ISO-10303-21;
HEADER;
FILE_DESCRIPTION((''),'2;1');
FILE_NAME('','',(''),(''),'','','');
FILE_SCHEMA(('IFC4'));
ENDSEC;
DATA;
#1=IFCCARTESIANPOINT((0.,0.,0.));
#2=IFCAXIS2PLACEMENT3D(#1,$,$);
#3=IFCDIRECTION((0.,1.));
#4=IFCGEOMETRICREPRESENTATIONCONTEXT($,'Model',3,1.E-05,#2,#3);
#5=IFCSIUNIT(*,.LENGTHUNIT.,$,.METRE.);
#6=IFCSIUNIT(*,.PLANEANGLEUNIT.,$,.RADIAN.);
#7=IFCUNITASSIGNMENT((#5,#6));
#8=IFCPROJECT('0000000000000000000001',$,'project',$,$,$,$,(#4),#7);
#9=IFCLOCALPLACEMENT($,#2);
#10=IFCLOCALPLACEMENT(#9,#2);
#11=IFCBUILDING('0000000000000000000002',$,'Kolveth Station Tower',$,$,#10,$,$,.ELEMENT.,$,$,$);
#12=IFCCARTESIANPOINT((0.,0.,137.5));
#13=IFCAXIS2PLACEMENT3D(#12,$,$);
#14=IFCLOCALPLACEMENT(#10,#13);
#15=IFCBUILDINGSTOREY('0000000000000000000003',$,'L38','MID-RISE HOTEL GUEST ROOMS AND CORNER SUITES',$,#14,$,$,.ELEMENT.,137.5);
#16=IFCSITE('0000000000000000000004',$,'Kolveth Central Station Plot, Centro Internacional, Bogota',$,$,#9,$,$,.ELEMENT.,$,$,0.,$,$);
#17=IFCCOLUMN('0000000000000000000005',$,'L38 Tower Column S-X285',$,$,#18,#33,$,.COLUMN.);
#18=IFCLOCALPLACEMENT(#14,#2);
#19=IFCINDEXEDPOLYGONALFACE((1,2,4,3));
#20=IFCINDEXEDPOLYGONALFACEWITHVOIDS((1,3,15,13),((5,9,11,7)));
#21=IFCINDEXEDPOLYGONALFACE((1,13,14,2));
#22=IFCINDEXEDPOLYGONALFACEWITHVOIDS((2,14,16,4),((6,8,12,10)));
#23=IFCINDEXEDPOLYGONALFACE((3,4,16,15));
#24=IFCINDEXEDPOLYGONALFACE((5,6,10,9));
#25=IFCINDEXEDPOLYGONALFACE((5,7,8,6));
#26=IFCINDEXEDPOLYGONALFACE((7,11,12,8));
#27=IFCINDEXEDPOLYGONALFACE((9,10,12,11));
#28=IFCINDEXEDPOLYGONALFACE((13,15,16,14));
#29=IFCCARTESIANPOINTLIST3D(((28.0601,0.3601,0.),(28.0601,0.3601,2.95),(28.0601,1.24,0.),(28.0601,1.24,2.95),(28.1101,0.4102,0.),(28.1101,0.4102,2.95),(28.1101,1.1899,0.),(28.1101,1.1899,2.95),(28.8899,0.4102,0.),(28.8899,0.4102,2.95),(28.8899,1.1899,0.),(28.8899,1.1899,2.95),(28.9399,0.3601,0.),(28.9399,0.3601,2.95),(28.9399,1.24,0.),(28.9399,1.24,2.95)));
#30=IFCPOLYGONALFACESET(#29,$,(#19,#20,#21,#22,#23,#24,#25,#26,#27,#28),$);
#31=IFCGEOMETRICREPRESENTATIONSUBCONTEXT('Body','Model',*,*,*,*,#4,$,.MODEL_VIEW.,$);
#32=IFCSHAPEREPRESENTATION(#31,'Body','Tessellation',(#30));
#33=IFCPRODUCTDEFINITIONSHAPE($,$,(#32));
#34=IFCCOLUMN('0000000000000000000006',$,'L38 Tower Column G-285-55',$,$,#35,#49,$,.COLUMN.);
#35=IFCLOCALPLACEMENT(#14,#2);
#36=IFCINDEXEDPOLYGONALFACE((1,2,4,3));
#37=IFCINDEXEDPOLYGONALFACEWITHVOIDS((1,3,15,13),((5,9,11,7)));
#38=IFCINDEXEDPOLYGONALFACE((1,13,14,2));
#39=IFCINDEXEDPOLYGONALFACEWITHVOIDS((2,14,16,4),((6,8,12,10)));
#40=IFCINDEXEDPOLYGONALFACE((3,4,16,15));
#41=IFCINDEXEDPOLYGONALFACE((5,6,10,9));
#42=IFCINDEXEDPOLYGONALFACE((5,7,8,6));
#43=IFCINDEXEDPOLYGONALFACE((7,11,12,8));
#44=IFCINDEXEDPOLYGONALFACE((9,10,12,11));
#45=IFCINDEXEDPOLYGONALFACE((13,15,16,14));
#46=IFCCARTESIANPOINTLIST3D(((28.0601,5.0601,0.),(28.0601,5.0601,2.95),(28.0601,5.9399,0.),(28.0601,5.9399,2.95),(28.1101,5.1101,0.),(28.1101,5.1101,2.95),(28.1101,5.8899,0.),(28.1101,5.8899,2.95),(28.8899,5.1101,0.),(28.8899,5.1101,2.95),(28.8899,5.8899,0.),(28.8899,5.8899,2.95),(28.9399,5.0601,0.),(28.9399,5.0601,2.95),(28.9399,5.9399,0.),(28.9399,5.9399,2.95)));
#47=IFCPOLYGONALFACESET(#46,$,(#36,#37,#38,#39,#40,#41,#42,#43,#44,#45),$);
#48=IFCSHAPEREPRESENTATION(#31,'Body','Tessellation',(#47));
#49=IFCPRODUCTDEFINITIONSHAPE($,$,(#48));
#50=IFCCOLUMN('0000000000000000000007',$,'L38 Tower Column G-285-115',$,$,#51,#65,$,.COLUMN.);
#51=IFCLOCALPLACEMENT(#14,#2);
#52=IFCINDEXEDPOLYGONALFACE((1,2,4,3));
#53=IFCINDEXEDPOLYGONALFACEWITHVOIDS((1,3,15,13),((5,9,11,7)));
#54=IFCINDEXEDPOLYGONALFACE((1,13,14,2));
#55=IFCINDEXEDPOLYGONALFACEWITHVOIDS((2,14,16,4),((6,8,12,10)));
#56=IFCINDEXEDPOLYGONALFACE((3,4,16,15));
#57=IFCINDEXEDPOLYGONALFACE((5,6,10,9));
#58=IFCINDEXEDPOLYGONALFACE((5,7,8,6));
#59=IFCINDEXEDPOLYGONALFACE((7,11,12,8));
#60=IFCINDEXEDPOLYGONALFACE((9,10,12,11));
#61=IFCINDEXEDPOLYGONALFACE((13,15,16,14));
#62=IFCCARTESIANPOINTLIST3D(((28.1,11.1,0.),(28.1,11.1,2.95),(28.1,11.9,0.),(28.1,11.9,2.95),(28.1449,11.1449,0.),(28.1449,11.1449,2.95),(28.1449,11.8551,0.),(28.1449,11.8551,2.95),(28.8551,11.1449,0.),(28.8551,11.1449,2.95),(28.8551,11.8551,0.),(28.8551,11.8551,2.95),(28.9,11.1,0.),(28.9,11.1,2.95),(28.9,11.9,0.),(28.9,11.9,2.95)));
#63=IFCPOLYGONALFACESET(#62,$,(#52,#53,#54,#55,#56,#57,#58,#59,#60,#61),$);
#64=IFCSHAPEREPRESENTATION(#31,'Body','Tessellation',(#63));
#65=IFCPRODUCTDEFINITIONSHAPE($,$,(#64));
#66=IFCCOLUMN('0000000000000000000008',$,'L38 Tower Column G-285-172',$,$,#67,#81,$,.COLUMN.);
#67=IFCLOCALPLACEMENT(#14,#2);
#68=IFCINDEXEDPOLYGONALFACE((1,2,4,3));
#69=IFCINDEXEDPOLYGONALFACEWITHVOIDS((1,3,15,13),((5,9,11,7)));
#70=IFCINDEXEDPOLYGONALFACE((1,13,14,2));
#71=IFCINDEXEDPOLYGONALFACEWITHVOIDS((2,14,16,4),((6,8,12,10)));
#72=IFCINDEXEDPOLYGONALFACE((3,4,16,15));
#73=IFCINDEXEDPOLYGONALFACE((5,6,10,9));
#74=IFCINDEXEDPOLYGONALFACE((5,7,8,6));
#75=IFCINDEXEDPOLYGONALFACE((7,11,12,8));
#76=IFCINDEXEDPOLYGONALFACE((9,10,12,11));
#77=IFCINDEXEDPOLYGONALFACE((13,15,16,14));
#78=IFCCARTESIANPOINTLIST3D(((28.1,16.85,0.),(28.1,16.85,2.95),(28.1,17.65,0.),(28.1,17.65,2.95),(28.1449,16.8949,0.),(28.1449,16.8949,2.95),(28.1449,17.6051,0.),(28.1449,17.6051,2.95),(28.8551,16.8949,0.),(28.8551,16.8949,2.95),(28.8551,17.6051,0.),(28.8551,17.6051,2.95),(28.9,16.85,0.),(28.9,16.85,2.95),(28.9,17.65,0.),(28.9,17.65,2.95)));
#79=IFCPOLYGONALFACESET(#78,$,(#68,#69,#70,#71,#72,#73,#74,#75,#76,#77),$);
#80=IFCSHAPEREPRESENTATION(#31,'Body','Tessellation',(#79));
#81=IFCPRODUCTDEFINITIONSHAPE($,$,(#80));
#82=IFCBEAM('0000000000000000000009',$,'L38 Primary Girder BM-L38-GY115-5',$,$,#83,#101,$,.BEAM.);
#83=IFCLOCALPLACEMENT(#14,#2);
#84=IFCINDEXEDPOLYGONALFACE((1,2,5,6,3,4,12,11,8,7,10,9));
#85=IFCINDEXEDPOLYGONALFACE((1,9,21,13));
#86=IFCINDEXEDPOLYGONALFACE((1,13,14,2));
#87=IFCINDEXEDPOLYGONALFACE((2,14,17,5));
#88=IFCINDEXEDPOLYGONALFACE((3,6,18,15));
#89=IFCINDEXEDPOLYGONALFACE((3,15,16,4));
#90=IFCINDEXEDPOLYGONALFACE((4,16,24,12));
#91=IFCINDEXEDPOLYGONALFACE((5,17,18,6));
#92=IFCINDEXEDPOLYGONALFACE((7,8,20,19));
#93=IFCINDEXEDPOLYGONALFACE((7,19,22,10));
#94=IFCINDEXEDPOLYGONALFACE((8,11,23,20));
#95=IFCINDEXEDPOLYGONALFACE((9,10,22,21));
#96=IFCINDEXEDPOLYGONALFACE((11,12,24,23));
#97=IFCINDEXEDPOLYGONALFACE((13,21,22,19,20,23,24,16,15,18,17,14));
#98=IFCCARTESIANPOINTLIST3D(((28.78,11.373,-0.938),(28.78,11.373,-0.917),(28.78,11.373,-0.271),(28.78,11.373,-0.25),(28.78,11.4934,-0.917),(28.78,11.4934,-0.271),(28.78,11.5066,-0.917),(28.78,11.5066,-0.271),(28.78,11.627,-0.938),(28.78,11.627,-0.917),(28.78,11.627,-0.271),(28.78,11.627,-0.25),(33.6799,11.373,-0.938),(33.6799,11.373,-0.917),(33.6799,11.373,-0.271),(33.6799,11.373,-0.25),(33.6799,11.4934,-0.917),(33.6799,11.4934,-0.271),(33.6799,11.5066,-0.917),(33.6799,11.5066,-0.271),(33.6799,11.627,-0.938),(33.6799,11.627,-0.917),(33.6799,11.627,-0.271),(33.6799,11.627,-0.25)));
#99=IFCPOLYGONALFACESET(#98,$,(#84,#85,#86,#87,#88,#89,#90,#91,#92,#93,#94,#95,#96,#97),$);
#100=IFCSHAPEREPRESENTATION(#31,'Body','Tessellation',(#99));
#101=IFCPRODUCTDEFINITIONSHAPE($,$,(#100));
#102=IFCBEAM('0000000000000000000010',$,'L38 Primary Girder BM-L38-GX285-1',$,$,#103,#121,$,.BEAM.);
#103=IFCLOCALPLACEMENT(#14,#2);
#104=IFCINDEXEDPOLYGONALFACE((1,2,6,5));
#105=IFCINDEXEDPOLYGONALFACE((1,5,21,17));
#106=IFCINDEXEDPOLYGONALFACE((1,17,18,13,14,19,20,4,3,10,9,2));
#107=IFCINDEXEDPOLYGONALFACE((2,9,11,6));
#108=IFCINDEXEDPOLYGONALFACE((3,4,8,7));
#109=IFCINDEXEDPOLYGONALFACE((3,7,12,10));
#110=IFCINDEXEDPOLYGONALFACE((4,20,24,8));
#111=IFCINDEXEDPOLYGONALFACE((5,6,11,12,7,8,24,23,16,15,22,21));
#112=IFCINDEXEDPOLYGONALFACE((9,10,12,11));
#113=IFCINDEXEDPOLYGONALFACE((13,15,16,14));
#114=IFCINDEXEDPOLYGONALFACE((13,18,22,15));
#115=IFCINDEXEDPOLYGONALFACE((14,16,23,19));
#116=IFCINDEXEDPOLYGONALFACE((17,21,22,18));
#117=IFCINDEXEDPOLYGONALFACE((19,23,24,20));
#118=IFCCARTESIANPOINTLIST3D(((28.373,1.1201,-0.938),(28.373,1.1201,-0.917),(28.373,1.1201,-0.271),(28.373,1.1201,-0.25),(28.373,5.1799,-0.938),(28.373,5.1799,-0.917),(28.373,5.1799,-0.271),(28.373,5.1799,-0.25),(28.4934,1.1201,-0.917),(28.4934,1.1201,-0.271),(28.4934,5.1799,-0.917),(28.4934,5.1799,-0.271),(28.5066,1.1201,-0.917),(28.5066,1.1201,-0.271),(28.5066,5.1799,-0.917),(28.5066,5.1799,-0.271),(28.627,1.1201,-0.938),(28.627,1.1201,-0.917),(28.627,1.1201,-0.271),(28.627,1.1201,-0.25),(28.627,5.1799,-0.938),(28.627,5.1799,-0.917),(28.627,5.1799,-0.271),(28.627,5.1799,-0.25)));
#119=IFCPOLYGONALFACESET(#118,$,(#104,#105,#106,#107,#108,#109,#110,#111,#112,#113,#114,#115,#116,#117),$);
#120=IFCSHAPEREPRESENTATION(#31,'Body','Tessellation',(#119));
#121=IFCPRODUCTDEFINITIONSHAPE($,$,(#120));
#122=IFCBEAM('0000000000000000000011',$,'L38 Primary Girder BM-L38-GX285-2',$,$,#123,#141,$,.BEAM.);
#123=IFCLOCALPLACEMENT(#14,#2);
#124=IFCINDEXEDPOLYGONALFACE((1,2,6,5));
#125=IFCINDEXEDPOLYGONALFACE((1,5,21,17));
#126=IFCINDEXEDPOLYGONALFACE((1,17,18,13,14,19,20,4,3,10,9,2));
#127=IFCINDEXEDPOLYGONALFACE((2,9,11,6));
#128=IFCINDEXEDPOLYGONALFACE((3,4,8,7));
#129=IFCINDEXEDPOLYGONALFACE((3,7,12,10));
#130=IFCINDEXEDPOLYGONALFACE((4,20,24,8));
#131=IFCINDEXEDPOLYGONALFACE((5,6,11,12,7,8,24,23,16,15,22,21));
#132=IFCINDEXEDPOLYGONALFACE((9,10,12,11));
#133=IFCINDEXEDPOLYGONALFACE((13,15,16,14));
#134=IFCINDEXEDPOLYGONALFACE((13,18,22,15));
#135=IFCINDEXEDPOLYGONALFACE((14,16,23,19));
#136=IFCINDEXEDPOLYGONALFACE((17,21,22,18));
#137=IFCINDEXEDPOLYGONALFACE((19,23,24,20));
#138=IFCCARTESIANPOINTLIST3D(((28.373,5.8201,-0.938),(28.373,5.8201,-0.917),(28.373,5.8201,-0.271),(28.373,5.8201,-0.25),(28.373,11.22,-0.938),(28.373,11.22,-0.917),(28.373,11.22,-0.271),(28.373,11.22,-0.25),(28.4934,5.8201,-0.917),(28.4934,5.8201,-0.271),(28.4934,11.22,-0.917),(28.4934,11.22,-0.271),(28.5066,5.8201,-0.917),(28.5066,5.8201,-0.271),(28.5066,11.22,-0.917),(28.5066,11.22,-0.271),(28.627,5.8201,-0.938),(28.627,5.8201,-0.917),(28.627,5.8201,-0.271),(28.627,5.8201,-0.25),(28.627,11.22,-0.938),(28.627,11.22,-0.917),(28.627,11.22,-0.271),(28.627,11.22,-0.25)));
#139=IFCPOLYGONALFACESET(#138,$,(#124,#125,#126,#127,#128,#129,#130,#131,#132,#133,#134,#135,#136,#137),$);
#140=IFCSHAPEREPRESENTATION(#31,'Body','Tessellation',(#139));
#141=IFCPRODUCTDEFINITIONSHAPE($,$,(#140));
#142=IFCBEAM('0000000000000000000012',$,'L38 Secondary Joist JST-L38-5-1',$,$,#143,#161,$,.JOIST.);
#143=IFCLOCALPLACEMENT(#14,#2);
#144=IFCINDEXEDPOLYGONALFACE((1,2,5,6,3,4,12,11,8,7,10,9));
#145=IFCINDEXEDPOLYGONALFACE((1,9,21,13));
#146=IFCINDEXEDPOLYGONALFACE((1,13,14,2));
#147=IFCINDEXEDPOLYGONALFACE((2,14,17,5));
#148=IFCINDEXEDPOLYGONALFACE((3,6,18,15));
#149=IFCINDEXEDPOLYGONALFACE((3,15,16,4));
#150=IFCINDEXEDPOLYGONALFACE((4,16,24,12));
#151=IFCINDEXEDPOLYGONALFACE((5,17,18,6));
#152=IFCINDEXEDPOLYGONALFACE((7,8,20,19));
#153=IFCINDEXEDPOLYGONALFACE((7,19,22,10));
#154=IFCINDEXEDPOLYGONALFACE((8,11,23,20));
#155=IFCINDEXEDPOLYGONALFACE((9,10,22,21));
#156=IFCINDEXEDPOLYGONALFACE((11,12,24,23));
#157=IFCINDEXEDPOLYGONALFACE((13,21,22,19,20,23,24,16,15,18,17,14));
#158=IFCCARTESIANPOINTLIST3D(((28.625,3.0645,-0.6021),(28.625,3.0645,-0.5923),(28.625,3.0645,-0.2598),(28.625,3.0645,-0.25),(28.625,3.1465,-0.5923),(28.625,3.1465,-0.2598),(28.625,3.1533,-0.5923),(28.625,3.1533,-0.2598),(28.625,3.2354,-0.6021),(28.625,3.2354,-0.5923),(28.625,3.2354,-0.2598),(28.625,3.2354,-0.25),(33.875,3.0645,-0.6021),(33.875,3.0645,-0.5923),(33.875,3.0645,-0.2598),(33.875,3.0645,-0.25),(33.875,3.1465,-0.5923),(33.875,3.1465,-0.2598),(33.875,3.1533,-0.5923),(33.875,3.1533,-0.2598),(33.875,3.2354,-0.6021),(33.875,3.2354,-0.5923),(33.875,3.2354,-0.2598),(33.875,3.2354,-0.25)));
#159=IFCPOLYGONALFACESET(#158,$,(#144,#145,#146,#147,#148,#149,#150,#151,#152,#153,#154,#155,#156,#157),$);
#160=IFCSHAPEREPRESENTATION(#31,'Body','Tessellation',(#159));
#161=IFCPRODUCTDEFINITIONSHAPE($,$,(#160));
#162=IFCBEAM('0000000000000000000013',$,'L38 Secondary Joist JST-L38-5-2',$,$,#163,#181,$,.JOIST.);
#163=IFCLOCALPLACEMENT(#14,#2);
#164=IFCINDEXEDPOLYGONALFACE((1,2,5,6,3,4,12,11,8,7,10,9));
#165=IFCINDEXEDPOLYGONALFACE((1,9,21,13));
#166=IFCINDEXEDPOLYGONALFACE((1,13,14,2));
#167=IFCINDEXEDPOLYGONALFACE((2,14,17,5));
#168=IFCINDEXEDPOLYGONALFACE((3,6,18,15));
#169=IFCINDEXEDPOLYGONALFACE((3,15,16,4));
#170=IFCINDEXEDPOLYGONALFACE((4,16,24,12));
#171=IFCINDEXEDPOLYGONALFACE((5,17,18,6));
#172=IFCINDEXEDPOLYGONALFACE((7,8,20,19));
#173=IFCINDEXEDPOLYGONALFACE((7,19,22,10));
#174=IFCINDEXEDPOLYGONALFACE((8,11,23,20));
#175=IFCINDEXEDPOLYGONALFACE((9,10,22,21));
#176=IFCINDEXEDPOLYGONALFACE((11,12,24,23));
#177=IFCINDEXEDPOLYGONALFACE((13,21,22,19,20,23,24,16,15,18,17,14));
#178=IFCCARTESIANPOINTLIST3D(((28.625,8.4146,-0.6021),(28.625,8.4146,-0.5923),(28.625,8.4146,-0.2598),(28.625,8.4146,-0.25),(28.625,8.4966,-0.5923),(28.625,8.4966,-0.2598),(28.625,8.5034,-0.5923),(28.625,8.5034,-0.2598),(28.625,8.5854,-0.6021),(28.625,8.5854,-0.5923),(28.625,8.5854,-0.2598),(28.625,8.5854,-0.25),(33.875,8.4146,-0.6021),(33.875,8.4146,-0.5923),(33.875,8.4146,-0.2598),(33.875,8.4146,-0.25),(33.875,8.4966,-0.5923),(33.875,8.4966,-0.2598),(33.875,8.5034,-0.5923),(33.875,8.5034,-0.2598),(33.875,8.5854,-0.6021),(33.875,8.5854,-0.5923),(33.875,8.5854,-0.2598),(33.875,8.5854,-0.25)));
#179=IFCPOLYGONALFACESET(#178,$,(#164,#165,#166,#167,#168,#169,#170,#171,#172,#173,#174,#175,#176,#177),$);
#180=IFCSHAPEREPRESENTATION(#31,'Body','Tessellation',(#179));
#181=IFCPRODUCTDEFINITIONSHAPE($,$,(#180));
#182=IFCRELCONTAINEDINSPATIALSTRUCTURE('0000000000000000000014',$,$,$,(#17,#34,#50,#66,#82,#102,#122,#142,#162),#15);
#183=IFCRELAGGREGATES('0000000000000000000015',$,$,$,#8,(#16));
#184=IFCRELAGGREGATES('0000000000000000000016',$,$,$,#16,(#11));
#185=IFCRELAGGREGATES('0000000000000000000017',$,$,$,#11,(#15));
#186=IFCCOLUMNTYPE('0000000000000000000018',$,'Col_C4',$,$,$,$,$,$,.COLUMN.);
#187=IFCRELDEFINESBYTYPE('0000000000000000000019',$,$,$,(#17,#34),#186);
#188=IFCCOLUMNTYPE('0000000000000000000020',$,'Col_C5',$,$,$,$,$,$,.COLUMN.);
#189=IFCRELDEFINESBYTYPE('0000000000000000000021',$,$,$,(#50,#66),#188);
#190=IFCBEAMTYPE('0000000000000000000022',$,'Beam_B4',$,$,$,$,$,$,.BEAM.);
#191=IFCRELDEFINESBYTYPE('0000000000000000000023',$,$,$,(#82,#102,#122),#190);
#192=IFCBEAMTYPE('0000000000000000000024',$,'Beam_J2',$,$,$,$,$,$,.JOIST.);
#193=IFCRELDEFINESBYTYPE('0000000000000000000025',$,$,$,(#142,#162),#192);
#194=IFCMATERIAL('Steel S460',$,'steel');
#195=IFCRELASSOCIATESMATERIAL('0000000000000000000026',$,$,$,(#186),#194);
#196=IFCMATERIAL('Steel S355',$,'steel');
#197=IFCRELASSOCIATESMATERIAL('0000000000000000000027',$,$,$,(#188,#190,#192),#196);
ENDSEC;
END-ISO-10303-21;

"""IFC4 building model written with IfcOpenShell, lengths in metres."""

from ifc_helpers import new_model, si_unit, direction, frame, origin, origin_2d, place, context, subcontext, project, spatial, hollow_rectangle, i_section, extrude, source, transform, mapped, material, material_profile, profile_set, type_object, element, save


model = new_model("IFC4")

# Units and contexts
model_context = context("Model", 3, precision=1e-05, world=origin(), true_north=direction((0.0, 1.0)))
body_context = subcontext(model_context, "Body", "Model", "MODEL_VIEW")
ifc_project = project(units=[si_unit("LENGTHUNIT", "METRE"), si_unit("PLANEANGLEUNIT", "RADIAN")], contexts=[model_context])

# Site, building, storey
site_placement = place(None, origin())
site = spatial("IfcSite", under=ifc_project, at=site_placement, Name="Kolveth Central Station Plot, Centro Internacional, Bogota", CompositionType="ELEMENT", RefElevation=0.0)
building_placement = place(site_placement, origin())
building = spatial("IfcBuilding", under=site, at=building_placement, Name="Kolveth Station Tower", CompositionType="ELEMENT")
storey_placement = place(building_placement, frame((0.0, 0.0, 137.5)))
storey = spatial("IfcBuildingStorey", under=building, at=storey_placement, Name="L38", Description="MID-RISE HOTEL GUEST ROOMS AND CORNER SUITES", CompositionType="ELEMENT", Elevation=137.5)

# Columns
ifc_material_1 = material(Name="Steel S460", Category="steel")
ifc_material_profile_1 = material_profile(ifc_material_1, hollow_rectangle(XDim=0.8799, YDim=0.8799, WallThickness=0.05, at=origin_2d()), Name="BOX880x880x50")
ifc_profile_set_1 = profile_set([ifc_material_profile_1], Name="Steel S460")
column_type_1 = type_object("IfcColumnType", Name="Col_C4", PredefinedType="COLUMN", material=ifc_profile_set_1)
shared_shape_1 = source(origin(), body_context, "Body", "SweptSolid", [
    extrude(hollow_rectangle(XDim=0.8799, YDim=0.8799, WallThickness=0.05, at=origin_2d()), origin(), (0.0, 0.0, 1.0), 2.95),
])
for number, where, z_axis, x_axis, name in (
    (1, (28.5, 0.8, 0.0), (0.0, 0.0, 1.0), (1.0, 0.0, 0.0), "L38 Tower Column S-X285"),
    (2, (28.5, 5.5, 0.0), (0.0, 0.0, 1.0), (1.0, 0.0, 0.0), "L38 Tower Column G-285-55"),
):
    element("IfcColumn", number, at=place(storey_placement, frame(where, z_axis=z_axis, x_axis=x_axis)), inside=storey, type_object=column_type_1, Name=name, PredefinedType="COLUMN", context=body_context, shape_type="MappedRepresentation", body=[
        mapped(shared_shape_1, transform((0.0, 0.0, 0.0), x_axis=(1.0, 0.0, 0.0), y_axis=(0.0, 1.0, 0.0), z_axis=(0.0, 0.0, 1.0), scale=1.0)),
    ])
ifc_material_2 = material(Name="Steel S355", Category="steel")
ifc_material_profile_2 = material_profile(ifc_material_2, hollow_rectangle(XDim=0.8, YDim=0.8, WallThickness=0.0449, at=origin_2d()), Name="BOX800x800x45")
ifc_profile_set_2 = profile_set([ifc_material_profile_2], Name="Steel S355")
column_type_2 = type_object("IfcColumnType", Name="Col_C5", PredefinedType="COLUMN", material=ifc_profile_set_2)
shared_shape_2 = source(origin(), body_context, "Body", "SweptSolid", [
    extrude(hollow_rectangle(XDim=0.8, YDim=0.8, WallThickness=0.0449, at=origin_2d()), origin(), (0.0, 0.0, 1.0), 2.95),
])
for number, where, z_axis, x_axis, name in (
    (3, (28.5, 11.5, 0.0), (0.0, 0.0, 1.0), (1.0, 0.0, 0.0), "L38 Tower Column G-285-115"),
    (4, (28.5, 17.25, 0.0), (0.0, 0.0, 1.0), (1.0, 0.0, 0.0), "L38 Tower Column G-285-172"),
):
    element("IfcColumn", number, at=place(storey_placement, frame(where, z_axis=z_axis, x_axis=x_axis)), inside=storey, type_object=column_type_2, Name=name, PredefinedType="COLUMN", context=body_context, shape_type="MappedRepresentation", body=[
        mapped(shared_shape_2, transform((0.0, 0.0, 0.0), x_axis=(1.0, 0.0, 0.0), y_axis=(0.0, 1.0, 0.0), z_axis=(0.0, 0.0, 1.0), scale=1.0)),
    ])

# Beams
ifc_material_profile_3 = material_profile(ifc_material_2, i_section(OverallWidth=0.2539, OverallDepth=0.688, WebThickness=0.0132, FlangeThickness=0.021, at=origin_2d()), Name="W690x152")
ifc_profile_set_3 = profile_set([ifc_material_profile_3], Name="Steel S355")
beam_type_1 = type_object("IfcBeamType", Name="Beam_B4", PredefinedType="BEAM", material=ifc_profile_set_3)
shared_shape_3 = source(origin(), body_context, "Body", "SweptSolid", [
    extrude(i_section(OverallWidth=0.2539, OverallDepth=0.688, WebThickness=0.0132, FlangeThickness=0.021, at=origin_2d()), origin(), (0.0, 0.0, 1.0), 4.8999),
])
beam_1_placement = place(storey_placement, frame((28.78, 11.5, -0.594), z_axis=(1.0, 0.0, 0.0), x_axis=(0.0, 1.0, 0.0)))
element("IfcBeam", 5, at=beam_1_placement, inside=storey, type_object=beam_type_1, Name="L38 Primary Girder BM-L38-GY115-5", PredefinedType="BEAM", context=body_context, shape_type="MappedRepresentation", body=[
    mapped(shared_shape_3, transform((0.0, 0.0, 0.0), x_axis=(1.0, 0.0, 0.0), y_axis=(0.0, 1.0, 0.0), z_axis=(0.0, 0.0, 1.0), scale=1.0)),
])
shared_shape_4 = source(origin(), body_context, "Body", "SweptSolid", [
    extrude(i_section(OverallWidth=0.2539, OverallDepth=0.688, WebThickness=0.0132, FlangeThickness=0.021, at=origin_2d()), origin(), (0.0, 0.0, 1.0), 4.0598),
])
beam_2_placement = place(storey_placement, frame((28.5, 1.1201, -0.594), z_axis=(0.0, 1.0, 0.0), x_axis=(-1.0, 0.0, 0.0)))
element("IfcBeam", 6, at=beam_2_placement, inside=storey, type_object=beam_type_1, Name="L38 Primary Girder BM-L38-GX285-1", PredefinedType="BEAM", context=body_context, shape_type="MappedRepresentation", body=[
    mapped(shared_shape_4, transform((0.0, 0.0, 0.0), x_axis=(1.0, 0.0, 0.0), y_axis=(0.0, 1.0, 0.0), z_axis=(0.0, 0.0, 1.0), scale=1.0)),
])
shared_shape_5 = source(origin(), body_context, "Body", "SweptSolid", [
    extrude(i_section(OverallWidth=0.2539, OverallDepth=0.688, WebThickness=0.0132, FlangeThickness=0.021, at=origin_2d()), origin(), (0.0, 0.0, 1.0), 5.3999),
])
beam_3_placement = place(storey_placement, frame((28.5, 5.8201, -0.594), z_axis=(0.0, 1.0, 0.0), x_axis=(-1.0, 0.0, 0.0)))
element("IfcBeam", 7, at=beam_3_placement, inside=storey, type_object=beam_type_1, Name="L38 Primary Girder BM-L38-GX285-2", PredefinedType="BEAM", context=body_context, shape_type="MappedRepresentation", body=[
    mapped(shared_shape_5, transform((0.0, 0.0, 0.0), x_axis=(1.0, 0.0, 0.0), y_axis=(0.0, 1.0, 0.0), z_axis=(0.0, 0.0, 1.0), scale=1.0)),
])
ifc_material_profile_4 = material_profile(ifc_material_2, i_section(OverallWidth=0.1709, OverallDepth=0.3521, WebThickness=0.0068, FlangeThickness=0.0098, at=origin_2d()), Name="W360x44")
ifc_profile_set_4 = profile_set([ifc_material_profile_4], Name="Steel S355")
beam_type_2 = type_object("IfcBeamType", Name="Beam_J2", PredefinedType="JOIST", material=ifc_profile_set_4)
shared_shape_6 = source(origin(), body_context, "Body", "SweptSolid", [
    extrude(i_section(OverallWidth=0.1709, OverallDepth=0.3521, WebThickness=0.0068, FlangeThickness=0.0098, at=origin_2d()), origin(), (0.0, 0.0, 1.0), 5.25),
])
for number, where, z_axis, x_axis, name in (
    (8, (28.625, 3.1499, -0.426), (1.0, 0.0, 0.0), (0.0, 1.0, 0.0), "L38 Secondary Joist JST-L38-5-1"),
    (9, (28.625, 8.5, -0.426), (1.0, 0.0, 0.0), (0.0, 1.0, 0.0), "L38 Secondary Joist JST-L38-5-2"),
):
    element("IfcBeam", number, at=place(storey_placement, frame(where, z_axis=z_axis, x_axis=x_axis)), inside=storey, type_object=beam_type_2, Name=name, PredefinedType="JOIST", context=body_context, shape_type="MappedRepresentation", body=[
        mapped(shared_shape_6, transform((0.0, 0.0, 0.0), x_axis=(1.0, 0.0, 0.0), y_axis=(0.0, 1.0, 0.0), z_axis=(0.0, 0.0, 1.0), scale=1.0)),
    ])

save(model, "model.ifc")
